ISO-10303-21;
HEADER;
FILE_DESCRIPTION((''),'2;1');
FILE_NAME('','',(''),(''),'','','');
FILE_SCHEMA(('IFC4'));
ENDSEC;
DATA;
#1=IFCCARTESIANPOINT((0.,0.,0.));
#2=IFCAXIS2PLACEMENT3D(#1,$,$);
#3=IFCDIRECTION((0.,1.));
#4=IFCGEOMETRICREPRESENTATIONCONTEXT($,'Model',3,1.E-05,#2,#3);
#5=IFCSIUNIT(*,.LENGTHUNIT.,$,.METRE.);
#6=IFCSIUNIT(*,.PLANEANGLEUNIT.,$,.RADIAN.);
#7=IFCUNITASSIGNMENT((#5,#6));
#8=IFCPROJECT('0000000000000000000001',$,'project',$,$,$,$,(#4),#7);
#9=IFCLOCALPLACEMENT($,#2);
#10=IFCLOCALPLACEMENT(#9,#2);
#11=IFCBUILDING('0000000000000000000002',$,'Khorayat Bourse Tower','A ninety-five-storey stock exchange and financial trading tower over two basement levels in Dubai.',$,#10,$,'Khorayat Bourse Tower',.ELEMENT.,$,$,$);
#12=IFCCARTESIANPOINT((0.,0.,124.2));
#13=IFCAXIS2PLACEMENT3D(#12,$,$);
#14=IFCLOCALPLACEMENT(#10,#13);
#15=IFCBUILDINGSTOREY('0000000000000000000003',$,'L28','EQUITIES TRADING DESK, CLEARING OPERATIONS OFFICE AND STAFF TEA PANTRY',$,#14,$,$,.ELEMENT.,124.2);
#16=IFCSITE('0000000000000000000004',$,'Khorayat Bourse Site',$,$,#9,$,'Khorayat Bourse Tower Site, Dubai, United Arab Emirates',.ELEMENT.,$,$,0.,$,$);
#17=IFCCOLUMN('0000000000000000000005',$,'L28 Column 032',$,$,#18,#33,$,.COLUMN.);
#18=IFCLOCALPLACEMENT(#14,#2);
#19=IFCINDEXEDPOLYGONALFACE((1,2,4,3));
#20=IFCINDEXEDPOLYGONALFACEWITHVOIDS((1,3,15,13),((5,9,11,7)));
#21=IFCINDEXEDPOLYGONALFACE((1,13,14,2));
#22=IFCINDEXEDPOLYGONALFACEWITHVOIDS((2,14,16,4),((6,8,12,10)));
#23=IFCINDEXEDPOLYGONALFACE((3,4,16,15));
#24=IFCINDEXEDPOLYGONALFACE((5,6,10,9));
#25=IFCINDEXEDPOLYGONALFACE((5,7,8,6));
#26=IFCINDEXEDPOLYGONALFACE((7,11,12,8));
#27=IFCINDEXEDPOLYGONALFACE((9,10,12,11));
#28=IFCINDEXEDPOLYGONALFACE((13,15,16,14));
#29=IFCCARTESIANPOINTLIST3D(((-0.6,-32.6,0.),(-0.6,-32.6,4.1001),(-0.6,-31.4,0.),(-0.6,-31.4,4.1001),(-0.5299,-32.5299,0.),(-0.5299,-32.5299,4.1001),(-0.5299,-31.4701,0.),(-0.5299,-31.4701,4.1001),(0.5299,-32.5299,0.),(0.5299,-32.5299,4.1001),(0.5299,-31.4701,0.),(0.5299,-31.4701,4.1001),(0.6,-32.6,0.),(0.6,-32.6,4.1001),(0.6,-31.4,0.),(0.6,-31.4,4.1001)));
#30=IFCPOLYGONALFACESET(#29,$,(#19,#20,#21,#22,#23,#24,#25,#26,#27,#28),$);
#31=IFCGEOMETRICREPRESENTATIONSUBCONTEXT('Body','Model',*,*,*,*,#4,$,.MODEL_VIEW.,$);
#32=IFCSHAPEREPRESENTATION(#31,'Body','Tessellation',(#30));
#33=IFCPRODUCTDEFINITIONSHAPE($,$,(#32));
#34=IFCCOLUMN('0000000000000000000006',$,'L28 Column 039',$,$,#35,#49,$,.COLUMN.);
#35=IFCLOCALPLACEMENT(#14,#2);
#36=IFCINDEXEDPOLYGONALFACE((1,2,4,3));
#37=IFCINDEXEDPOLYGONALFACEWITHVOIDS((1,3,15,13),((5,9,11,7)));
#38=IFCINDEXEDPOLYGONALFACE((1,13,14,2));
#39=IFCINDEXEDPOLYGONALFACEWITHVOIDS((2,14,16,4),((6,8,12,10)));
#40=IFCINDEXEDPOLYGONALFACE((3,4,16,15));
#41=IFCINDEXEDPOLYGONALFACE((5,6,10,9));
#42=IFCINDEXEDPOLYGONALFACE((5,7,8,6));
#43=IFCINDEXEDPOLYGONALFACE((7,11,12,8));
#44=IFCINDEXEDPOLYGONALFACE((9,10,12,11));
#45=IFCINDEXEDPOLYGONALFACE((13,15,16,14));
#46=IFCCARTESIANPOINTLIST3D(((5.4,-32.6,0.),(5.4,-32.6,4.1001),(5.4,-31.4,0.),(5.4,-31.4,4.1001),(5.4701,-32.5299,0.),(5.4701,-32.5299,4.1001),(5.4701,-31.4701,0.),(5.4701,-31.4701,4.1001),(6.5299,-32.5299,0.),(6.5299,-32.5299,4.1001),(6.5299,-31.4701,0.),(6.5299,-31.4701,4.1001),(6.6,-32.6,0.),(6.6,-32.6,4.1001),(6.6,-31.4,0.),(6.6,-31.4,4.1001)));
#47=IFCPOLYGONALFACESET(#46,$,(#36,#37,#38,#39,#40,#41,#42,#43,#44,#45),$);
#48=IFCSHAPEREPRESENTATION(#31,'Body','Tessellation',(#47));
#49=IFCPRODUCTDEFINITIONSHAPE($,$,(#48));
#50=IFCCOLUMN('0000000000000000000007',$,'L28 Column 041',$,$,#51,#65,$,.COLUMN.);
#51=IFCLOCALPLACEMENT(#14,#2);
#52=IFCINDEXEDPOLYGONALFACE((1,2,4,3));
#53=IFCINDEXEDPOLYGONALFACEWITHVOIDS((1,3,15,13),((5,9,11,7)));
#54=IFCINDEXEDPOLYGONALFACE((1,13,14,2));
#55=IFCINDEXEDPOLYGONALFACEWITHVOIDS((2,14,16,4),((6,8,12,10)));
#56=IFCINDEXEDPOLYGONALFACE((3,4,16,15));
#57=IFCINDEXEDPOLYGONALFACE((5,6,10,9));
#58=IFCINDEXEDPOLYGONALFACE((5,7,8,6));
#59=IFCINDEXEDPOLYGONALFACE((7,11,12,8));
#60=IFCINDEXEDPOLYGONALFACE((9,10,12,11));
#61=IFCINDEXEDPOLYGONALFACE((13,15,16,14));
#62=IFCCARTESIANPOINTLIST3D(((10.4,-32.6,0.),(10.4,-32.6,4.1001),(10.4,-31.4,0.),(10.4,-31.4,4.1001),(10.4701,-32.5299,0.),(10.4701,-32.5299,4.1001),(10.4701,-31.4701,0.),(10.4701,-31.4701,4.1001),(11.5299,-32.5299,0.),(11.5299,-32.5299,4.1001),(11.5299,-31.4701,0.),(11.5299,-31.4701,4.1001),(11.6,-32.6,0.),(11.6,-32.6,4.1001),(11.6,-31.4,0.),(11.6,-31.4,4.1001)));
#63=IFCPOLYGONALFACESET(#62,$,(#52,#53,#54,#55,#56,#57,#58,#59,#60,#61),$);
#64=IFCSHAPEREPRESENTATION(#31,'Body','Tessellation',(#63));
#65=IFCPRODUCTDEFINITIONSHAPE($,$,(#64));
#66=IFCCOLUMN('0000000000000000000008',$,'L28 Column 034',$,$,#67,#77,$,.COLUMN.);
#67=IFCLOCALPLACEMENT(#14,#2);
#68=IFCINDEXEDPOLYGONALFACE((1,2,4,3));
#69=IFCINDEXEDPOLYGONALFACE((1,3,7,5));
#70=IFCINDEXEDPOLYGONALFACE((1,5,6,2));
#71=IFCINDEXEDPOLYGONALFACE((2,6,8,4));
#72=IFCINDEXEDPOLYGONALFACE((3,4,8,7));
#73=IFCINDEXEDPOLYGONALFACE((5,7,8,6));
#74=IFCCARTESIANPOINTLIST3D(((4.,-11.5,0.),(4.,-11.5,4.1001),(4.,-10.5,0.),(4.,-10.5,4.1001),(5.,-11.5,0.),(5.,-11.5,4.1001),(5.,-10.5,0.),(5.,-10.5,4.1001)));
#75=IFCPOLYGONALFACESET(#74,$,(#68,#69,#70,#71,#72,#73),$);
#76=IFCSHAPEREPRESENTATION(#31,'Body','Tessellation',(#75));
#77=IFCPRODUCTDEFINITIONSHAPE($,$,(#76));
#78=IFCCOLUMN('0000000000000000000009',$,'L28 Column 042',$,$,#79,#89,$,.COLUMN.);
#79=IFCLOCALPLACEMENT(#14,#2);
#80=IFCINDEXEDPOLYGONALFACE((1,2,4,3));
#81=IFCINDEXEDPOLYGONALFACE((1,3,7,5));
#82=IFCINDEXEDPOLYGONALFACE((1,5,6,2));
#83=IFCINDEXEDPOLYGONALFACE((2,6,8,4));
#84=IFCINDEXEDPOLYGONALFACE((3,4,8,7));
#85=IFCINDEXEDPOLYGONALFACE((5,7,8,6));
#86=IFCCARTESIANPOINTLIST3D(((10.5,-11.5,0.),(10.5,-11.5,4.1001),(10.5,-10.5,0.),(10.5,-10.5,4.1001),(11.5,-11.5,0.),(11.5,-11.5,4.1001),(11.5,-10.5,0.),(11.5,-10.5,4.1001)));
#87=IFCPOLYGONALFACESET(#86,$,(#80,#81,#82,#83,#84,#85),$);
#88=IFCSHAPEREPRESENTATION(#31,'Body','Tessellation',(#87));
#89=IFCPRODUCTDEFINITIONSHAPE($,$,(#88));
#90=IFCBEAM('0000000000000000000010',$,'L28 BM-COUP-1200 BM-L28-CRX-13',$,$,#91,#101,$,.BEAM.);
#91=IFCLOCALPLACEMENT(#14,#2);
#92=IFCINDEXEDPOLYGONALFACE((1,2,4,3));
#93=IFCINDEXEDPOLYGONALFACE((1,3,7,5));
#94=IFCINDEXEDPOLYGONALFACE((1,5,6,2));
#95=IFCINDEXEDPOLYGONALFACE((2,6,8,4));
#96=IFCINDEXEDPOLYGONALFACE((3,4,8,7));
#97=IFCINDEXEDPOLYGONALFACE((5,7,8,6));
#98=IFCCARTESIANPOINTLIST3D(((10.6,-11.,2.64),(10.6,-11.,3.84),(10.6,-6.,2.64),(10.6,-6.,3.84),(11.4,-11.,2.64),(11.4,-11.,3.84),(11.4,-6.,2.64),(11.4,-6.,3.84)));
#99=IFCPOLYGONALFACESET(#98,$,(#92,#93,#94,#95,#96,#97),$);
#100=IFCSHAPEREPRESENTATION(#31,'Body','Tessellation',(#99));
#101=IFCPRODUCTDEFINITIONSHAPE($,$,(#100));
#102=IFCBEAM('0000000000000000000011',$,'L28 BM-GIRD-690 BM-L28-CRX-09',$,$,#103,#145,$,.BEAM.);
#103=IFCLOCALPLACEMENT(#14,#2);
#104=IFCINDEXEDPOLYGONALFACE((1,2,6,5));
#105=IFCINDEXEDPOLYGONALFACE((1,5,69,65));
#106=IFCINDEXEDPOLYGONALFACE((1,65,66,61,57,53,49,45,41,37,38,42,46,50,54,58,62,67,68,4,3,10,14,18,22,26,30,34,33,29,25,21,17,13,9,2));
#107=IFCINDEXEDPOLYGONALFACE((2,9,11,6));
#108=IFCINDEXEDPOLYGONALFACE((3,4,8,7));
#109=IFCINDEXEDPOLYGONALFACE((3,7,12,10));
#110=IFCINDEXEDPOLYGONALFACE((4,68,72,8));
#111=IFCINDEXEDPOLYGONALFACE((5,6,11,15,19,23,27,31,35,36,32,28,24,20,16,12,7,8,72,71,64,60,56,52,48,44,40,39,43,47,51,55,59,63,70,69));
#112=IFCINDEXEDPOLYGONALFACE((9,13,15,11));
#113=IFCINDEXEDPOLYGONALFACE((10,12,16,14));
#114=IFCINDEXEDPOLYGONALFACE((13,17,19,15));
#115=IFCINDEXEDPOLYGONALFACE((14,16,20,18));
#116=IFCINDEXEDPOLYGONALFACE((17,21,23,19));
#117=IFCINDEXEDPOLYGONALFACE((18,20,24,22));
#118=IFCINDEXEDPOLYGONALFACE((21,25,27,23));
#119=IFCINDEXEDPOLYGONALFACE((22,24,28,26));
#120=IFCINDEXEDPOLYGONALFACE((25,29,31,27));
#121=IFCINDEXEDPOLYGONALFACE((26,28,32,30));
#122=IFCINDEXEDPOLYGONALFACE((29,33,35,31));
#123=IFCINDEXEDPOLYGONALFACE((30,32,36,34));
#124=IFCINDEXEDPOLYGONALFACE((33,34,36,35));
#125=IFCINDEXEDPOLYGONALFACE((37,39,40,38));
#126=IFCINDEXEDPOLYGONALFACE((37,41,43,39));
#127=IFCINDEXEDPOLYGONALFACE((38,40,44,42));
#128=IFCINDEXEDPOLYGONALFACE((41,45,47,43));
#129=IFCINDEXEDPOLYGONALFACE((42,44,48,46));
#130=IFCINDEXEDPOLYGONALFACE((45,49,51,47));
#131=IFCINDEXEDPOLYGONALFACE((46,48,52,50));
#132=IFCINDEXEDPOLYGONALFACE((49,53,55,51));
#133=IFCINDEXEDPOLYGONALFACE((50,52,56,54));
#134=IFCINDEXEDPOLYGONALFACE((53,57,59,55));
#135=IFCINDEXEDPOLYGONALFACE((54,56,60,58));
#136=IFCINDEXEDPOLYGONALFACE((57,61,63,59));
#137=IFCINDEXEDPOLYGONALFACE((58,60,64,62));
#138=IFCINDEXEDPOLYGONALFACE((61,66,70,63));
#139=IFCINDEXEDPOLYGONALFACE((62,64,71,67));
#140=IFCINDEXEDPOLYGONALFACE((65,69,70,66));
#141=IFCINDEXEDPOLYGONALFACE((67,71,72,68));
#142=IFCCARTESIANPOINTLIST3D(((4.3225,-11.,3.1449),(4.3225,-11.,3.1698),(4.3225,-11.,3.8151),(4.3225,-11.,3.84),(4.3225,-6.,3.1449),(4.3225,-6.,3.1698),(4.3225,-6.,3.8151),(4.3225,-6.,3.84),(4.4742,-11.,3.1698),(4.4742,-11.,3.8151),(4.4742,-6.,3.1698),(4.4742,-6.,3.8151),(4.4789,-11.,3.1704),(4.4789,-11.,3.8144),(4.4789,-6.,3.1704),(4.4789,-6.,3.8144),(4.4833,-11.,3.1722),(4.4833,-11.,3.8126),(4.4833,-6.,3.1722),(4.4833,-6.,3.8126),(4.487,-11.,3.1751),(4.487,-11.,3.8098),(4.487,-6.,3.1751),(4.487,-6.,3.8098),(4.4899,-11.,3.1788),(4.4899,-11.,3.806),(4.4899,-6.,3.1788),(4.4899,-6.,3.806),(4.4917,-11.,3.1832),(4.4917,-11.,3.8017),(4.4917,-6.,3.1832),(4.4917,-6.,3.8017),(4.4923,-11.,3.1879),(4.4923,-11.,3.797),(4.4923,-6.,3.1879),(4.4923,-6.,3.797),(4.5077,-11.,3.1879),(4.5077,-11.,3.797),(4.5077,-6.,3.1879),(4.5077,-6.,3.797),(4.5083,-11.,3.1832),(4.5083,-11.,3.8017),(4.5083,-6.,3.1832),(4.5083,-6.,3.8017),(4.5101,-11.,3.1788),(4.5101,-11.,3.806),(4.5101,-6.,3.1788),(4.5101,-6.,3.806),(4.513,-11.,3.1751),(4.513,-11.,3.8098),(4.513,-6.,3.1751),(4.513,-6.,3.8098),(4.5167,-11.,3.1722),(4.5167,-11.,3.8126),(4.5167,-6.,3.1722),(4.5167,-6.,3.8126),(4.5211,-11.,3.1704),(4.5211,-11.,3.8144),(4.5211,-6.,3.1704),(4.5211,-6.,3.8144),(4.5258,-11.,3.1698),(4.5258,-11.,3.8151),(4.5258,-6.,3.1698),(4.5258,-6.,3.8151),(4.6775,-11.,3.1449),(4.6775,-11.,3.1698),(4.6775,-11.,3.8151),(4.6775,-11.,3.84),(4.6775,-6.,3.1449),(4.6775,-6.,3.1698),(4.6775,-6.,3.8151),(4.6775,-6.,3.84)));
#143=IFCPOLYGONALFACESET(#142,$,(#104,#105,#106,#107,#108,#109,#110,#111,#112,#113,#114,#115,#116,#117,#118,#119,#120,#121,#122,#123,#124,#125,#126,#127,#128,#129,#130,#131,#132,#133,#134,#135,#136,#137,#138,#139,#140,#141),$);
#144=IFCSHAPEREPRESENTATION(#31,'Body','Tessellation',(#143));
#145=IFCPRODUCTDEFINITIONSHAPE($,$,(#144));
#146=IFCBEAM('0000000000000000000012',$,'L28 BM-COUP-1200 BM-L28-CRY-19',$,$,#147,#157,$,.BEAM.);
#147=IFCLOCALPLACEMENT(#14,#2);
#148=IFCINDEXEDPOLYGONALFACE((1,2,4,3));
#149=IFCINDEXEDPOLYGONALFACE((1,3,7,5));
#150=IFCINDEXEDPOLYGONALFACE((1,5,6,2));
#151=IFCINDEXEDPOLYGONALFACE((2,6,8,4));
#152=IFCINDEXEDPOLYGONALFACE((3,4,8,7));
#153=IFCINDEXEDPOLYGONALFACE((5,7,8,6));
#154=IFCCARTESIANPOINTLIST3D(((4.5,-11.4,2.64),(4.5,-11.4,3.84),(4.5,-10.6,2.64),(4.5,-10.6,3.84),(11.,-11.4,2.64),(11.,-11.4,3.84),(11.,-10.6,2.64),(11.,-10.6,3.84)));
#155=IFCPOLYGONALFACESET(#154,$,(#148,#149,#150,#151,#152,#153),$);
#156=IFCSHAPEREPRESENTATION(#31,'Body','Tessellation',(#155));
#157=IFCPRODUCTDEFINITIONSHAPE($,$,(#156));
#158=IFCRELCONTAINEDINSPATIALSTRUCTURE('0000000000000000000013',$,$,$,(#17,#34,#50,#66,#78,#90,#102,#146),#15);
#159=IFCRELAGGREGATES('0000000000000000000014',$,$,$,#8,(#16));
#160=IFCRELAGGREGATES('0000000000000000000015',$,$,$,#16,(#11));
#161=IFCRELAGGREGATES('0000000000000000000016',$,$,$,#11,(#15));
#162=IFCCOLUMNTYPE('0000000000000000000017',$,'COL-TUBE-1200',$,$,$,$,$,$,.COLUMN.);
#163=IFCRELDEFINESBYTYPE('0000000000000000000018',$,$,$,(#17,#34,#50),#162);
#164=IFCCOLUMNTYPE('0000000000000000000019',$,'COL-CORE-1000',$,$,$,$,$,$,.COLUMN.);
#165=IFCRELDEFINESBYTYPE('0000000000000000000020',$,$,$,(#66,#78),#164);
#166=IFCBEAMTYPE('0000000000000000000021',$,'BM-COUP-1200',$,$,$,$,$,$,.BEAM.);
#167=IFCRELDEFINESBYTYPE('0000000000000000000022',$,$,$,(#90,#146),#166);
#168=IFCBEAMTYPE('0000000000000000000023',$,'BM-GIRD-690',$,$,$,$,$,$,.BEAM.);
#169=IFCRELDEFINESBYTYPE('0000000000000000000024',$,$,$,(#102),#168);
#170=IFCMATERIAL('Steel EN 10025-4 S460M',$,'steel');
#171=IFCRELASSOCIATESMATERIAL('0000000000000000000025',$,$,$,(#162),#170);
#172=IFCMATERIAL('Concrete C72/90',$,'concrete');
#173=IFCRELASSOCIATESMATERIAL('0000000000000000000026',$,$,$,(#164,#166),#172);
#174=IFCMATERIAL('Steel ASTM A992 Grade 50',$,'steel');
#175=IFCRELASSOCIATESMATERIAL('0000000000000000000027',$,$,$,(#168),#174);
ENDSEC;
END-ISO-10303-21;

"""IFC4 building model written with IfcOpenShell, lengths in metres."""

from ifc_helpers import new_model, si_unit, direction, frame, origin, origin_2d, place, context, subcontext, project, spatial, rectangle, hollow_rectangle, i_section, extrude, source, transform, mapped, material, material_profile, profile_set, type_object, element, save


model = new_model("IFC4")

# Units and contexts
model_context = context("Model", 3, precision=1e-05, world=origin(), true_north=direction((0.0, 1.0)))
body_context = subcontext(model_context, "Body", "Model", "MODEL_VIEW")
ifc_project = project(units=[si_unit("LENGTHUNIT", "METRE"), si_unit("PLANEANGLEUNIT", "RADIAN")], contexts=[model_context])

# Site, building, storey
site_placement = place(None, origin())
site = spatial("IfcSite", under=ifc_project, at=site_placement, Name="Khorayat Bourse Site", LongName="Khorayat Bourse Tower Site, Dubai, United Arab Emirates", CompositionType="ELEMENT", RefElevation=0.0)
building_placement = place(site_placement, origin())
building = spatial("IfcBuilding", under=site, at=building_placement, Name="Khorayat Bourse Tower", Description="A ninety-five-storey stock exchange and financial trading tower over two basement levels in Dubai.", LongName="Khorayat Bourse Tower", CompositionType="ELEMENT")
storey_placement = place(building_placement, frame((0.0, 0.0, 124.2)))
storey = spatial("IfcBuildingStorey", under=building, at=storey_placement, Name="L28", Description="EQUITIES TRADING DESK, CLEARING OPERATIONS OFFICE AND STAFF TEA PANTRY", CompositionType="ELEMENT", Elevation=124.2)

# Columns
ifc_material_1 = material(Name="Steel EN 10025-4 S460M", Category="steel")
ifc_material_profile_1 = material_profile(ifc_material_1, hollow_rectangle(XDim=1.2, YDim=1.2, WallThickness=0.0701, at=origin_2d()), Name="BOX 1200x1200x70")
ifc_profile_set_1 = profile_set([ifc_material_profile_1], Name="Steel EN 10025-4 S460M")
column_type_1 = type_object("IfcColumnType", Name="COL-TUBE-1200", PredefinedType="COLUMN", material=ifc_profile_set_1)
shared_shape_1 = source(origin(), body_context, "Body", "SweptSolid", [
    extrude(hollow_rectangle(XDim=1.2, YDim=1.2, WallThickness=0.0701, at=origin_2d()), origin(), (0.0, 0.0, 1.0), 4.1001),
])
for number, where, z_axis, x_axis, name in (
    (1, (0.0, -32.0, 0.0), (0.0, 0.0, 1.0), (1.0, 0.0, 0.0), "L28 Column 032"),
    (2, (6.0, -32.0, 0.0), (0.0, 0.0, 1.0), (1.0, 0.0, 0.0), "L28 Column 039"),
    (3, (11.0, -32.0, 0.0), (0.0, 0.0, 1.0), (1.0, 0.0, 0.0), "L28 Column 041"),
):
    element("IfcColumn", number, at=place(storey_placement, frame(where, z_axis=z_axis, x_axis=x_axis)), inside=storey, type_object=column_type_1, Name=name, PredefinedType="COLUMN", context=body_context, shape_type="MappedRepresentation", body=[
        mapped(shared_shape_1, transform((0.0, 0.0, 0.0), scale=1.0)),
    ])
ifc_material_2 = material(Name="Concrete C72/90", Category="concrete")
ifc_material_profile_2 = material_profile(ifc_material_2, rectangle(XDim=1.0, YDim=1.0, at=origin_2d()), Name="RC 1000x1000")
ifc_profile_set_2 = profile_set([ifc_material_profile_2], Name="Concrete C72/90")
column_type_2 = type_object("IfcColumnType", Name="COL-CORE-1000", PredefinedType="COLUMN", material=ifc_profile_set_2)
shared_shape_2 = source(origin(), body_context, "Body", "SweptSolid", [
    extrude(rectangle(XDim=1.0, YDim=1.0, at=origin_2d()), origin(), (0.0, 0.0, 1.0), 4.1001),
])
for number, where, z_axis, x_axis, name in (
    (4, (4.5, -11.0, 0.0), (0.0, 0.0, 1.0), (1.0, 0.0, 0.0), "L28 Column 034"),
    (5, (11.0, -11.0, 0.0), (0.0, 0.0, 1.0), (1.0, 0.0, 0.0), "L28 Column 042"),
):
    element("IfcColumn", number, at=place(storey_placement, frame(where, z_axis=z_axis, x_axis=x_axis)), inside=storey, type_object=column_type_2, Name=name, PredefinedType="COLUMN", context=body_context, shape_type="MappedRepresentation", body=[
        mapped(shared_shape_2, transform((0.0, 0.0, 0.0), scale=1.0)),
    ])

# Beams
ifc_material_profile_3 = material_profile(ifc_material_2, rectangle(XDim=0.8, YDim=1.2, at=origin_2d()), Name="RC 800x1200")
ifc_profile_set_3 = profile_set([ifc_material_profile_3], Name="Concrete C72/90")
beam_type_1 = type_object("IfcBeamType", Name="BM-COUP-1200", PredefinedType="BEAM", material=ifc_profile_set_3)
shared_shape_3 = source(origin(), body_context, "Body", "SweptSolid", [
    extrude(rectangle(XDim=0.8, YDim=1.2, at=origin_2d()), origin(), (0.0, 0.0, 1.0), 5.0),
])
beam_1_placement = place(storey_placement, frame((11.0, -11.0, 3.24), z_axis=(0.0, 1.0, 0.0), x_axis=(-1.0, 0.0, 0.0)))
element("IfcBeam", 6, at=beam_1_placement, inside=storey, type_object=beam_type_1, Name="L28 BM-COUP-1200 BM-L28-CRX-13", PredefinedType="BEAM", context=body_context, shape_type="MappedRepresentation", body=[
    mapped(shared_shape_3, transform((0.0, 0.0, 0.0), scale=1.0)),
])
ifc_material_3 = material(Name="Steel ASTM A992 Grade 50", Category="steel")
ifc_material_profile_4 = material_profile(ifc_material_3, i_section(OverallWidth=0.355, OverallDepth=0.6951, WebThickness=0.0154, FlangeThickness=0.0249, FilletRadius=0.0181, at=origin_2d()), Name="W690X217")
ifc_profile_set_4 = profile_set([ifc_material_profile_4], Name="Steel ASTM A992 Grade 50")
beam_type_2 = type_object("IfcBeamType", Name="BM-GIRD-690", PredefinedType="BEAM", material=ifc_profile_set_4)
shared_shape_4 = source(origin(), body_context, "Body", "SweptSolid", [
    extrude(i_section(OverallWidth=0.355, OverallDepth=0.6951, WebThickness=0.0154, FlangeThickness=0.0249, FilletRadius=0.0181, at=origin_2d()), origin(), (0.0, 0.0, 1.0), 5.0),
])
beam_2_placement = place(storey_placement, frame((4.5, -11.0, 3.4924), z_axis=(0.0, 1.0, 0.0), x_axis=(-1.0, 0.0, 0.0)))
element("IfcBeam", 7, at=beam_2_placement, inside=storey, type_object=beam_type_2, Name="L28 BM-GIRD-690 BM-L28-CRX-09", PredefinedType="BEAM", context=body_context, shape_type="MappedRepresentation", body=[
    mapped(shared_shape_4, transform((0.0, 0.0, 0.0), scale=1.0)),
])
shared_shape_5 = source(origin(), body_context, "Body", "SweptSolid", [
    extrude(rectangle(XDim=0.8, YDim=1.2, at=origin_2d()), origin(), (0.0, 0.0, 1.0), 6.5),
])
beam_3_placement = place(storey_placement, frame((4.5, -11.0, 3.24), z_axis=(1.0, 0.0, 0.0), x_axis=(0.0, 1.0, 0.0)))
element("IfcBeam", 8, at=beam_3_placement, inside=storey, type_object=beam_type_1, Name="L28 BM-COUP-1200 BM-L28-CRY-19", PredefinedType="BEAM", context=body_context, shape_type="MappedRepresentation", body=[
    mapped(shared_shape_5, transform((0.0, 0.0, 0.0), scale=1.0)),
])

save(model, "model.ifc")
